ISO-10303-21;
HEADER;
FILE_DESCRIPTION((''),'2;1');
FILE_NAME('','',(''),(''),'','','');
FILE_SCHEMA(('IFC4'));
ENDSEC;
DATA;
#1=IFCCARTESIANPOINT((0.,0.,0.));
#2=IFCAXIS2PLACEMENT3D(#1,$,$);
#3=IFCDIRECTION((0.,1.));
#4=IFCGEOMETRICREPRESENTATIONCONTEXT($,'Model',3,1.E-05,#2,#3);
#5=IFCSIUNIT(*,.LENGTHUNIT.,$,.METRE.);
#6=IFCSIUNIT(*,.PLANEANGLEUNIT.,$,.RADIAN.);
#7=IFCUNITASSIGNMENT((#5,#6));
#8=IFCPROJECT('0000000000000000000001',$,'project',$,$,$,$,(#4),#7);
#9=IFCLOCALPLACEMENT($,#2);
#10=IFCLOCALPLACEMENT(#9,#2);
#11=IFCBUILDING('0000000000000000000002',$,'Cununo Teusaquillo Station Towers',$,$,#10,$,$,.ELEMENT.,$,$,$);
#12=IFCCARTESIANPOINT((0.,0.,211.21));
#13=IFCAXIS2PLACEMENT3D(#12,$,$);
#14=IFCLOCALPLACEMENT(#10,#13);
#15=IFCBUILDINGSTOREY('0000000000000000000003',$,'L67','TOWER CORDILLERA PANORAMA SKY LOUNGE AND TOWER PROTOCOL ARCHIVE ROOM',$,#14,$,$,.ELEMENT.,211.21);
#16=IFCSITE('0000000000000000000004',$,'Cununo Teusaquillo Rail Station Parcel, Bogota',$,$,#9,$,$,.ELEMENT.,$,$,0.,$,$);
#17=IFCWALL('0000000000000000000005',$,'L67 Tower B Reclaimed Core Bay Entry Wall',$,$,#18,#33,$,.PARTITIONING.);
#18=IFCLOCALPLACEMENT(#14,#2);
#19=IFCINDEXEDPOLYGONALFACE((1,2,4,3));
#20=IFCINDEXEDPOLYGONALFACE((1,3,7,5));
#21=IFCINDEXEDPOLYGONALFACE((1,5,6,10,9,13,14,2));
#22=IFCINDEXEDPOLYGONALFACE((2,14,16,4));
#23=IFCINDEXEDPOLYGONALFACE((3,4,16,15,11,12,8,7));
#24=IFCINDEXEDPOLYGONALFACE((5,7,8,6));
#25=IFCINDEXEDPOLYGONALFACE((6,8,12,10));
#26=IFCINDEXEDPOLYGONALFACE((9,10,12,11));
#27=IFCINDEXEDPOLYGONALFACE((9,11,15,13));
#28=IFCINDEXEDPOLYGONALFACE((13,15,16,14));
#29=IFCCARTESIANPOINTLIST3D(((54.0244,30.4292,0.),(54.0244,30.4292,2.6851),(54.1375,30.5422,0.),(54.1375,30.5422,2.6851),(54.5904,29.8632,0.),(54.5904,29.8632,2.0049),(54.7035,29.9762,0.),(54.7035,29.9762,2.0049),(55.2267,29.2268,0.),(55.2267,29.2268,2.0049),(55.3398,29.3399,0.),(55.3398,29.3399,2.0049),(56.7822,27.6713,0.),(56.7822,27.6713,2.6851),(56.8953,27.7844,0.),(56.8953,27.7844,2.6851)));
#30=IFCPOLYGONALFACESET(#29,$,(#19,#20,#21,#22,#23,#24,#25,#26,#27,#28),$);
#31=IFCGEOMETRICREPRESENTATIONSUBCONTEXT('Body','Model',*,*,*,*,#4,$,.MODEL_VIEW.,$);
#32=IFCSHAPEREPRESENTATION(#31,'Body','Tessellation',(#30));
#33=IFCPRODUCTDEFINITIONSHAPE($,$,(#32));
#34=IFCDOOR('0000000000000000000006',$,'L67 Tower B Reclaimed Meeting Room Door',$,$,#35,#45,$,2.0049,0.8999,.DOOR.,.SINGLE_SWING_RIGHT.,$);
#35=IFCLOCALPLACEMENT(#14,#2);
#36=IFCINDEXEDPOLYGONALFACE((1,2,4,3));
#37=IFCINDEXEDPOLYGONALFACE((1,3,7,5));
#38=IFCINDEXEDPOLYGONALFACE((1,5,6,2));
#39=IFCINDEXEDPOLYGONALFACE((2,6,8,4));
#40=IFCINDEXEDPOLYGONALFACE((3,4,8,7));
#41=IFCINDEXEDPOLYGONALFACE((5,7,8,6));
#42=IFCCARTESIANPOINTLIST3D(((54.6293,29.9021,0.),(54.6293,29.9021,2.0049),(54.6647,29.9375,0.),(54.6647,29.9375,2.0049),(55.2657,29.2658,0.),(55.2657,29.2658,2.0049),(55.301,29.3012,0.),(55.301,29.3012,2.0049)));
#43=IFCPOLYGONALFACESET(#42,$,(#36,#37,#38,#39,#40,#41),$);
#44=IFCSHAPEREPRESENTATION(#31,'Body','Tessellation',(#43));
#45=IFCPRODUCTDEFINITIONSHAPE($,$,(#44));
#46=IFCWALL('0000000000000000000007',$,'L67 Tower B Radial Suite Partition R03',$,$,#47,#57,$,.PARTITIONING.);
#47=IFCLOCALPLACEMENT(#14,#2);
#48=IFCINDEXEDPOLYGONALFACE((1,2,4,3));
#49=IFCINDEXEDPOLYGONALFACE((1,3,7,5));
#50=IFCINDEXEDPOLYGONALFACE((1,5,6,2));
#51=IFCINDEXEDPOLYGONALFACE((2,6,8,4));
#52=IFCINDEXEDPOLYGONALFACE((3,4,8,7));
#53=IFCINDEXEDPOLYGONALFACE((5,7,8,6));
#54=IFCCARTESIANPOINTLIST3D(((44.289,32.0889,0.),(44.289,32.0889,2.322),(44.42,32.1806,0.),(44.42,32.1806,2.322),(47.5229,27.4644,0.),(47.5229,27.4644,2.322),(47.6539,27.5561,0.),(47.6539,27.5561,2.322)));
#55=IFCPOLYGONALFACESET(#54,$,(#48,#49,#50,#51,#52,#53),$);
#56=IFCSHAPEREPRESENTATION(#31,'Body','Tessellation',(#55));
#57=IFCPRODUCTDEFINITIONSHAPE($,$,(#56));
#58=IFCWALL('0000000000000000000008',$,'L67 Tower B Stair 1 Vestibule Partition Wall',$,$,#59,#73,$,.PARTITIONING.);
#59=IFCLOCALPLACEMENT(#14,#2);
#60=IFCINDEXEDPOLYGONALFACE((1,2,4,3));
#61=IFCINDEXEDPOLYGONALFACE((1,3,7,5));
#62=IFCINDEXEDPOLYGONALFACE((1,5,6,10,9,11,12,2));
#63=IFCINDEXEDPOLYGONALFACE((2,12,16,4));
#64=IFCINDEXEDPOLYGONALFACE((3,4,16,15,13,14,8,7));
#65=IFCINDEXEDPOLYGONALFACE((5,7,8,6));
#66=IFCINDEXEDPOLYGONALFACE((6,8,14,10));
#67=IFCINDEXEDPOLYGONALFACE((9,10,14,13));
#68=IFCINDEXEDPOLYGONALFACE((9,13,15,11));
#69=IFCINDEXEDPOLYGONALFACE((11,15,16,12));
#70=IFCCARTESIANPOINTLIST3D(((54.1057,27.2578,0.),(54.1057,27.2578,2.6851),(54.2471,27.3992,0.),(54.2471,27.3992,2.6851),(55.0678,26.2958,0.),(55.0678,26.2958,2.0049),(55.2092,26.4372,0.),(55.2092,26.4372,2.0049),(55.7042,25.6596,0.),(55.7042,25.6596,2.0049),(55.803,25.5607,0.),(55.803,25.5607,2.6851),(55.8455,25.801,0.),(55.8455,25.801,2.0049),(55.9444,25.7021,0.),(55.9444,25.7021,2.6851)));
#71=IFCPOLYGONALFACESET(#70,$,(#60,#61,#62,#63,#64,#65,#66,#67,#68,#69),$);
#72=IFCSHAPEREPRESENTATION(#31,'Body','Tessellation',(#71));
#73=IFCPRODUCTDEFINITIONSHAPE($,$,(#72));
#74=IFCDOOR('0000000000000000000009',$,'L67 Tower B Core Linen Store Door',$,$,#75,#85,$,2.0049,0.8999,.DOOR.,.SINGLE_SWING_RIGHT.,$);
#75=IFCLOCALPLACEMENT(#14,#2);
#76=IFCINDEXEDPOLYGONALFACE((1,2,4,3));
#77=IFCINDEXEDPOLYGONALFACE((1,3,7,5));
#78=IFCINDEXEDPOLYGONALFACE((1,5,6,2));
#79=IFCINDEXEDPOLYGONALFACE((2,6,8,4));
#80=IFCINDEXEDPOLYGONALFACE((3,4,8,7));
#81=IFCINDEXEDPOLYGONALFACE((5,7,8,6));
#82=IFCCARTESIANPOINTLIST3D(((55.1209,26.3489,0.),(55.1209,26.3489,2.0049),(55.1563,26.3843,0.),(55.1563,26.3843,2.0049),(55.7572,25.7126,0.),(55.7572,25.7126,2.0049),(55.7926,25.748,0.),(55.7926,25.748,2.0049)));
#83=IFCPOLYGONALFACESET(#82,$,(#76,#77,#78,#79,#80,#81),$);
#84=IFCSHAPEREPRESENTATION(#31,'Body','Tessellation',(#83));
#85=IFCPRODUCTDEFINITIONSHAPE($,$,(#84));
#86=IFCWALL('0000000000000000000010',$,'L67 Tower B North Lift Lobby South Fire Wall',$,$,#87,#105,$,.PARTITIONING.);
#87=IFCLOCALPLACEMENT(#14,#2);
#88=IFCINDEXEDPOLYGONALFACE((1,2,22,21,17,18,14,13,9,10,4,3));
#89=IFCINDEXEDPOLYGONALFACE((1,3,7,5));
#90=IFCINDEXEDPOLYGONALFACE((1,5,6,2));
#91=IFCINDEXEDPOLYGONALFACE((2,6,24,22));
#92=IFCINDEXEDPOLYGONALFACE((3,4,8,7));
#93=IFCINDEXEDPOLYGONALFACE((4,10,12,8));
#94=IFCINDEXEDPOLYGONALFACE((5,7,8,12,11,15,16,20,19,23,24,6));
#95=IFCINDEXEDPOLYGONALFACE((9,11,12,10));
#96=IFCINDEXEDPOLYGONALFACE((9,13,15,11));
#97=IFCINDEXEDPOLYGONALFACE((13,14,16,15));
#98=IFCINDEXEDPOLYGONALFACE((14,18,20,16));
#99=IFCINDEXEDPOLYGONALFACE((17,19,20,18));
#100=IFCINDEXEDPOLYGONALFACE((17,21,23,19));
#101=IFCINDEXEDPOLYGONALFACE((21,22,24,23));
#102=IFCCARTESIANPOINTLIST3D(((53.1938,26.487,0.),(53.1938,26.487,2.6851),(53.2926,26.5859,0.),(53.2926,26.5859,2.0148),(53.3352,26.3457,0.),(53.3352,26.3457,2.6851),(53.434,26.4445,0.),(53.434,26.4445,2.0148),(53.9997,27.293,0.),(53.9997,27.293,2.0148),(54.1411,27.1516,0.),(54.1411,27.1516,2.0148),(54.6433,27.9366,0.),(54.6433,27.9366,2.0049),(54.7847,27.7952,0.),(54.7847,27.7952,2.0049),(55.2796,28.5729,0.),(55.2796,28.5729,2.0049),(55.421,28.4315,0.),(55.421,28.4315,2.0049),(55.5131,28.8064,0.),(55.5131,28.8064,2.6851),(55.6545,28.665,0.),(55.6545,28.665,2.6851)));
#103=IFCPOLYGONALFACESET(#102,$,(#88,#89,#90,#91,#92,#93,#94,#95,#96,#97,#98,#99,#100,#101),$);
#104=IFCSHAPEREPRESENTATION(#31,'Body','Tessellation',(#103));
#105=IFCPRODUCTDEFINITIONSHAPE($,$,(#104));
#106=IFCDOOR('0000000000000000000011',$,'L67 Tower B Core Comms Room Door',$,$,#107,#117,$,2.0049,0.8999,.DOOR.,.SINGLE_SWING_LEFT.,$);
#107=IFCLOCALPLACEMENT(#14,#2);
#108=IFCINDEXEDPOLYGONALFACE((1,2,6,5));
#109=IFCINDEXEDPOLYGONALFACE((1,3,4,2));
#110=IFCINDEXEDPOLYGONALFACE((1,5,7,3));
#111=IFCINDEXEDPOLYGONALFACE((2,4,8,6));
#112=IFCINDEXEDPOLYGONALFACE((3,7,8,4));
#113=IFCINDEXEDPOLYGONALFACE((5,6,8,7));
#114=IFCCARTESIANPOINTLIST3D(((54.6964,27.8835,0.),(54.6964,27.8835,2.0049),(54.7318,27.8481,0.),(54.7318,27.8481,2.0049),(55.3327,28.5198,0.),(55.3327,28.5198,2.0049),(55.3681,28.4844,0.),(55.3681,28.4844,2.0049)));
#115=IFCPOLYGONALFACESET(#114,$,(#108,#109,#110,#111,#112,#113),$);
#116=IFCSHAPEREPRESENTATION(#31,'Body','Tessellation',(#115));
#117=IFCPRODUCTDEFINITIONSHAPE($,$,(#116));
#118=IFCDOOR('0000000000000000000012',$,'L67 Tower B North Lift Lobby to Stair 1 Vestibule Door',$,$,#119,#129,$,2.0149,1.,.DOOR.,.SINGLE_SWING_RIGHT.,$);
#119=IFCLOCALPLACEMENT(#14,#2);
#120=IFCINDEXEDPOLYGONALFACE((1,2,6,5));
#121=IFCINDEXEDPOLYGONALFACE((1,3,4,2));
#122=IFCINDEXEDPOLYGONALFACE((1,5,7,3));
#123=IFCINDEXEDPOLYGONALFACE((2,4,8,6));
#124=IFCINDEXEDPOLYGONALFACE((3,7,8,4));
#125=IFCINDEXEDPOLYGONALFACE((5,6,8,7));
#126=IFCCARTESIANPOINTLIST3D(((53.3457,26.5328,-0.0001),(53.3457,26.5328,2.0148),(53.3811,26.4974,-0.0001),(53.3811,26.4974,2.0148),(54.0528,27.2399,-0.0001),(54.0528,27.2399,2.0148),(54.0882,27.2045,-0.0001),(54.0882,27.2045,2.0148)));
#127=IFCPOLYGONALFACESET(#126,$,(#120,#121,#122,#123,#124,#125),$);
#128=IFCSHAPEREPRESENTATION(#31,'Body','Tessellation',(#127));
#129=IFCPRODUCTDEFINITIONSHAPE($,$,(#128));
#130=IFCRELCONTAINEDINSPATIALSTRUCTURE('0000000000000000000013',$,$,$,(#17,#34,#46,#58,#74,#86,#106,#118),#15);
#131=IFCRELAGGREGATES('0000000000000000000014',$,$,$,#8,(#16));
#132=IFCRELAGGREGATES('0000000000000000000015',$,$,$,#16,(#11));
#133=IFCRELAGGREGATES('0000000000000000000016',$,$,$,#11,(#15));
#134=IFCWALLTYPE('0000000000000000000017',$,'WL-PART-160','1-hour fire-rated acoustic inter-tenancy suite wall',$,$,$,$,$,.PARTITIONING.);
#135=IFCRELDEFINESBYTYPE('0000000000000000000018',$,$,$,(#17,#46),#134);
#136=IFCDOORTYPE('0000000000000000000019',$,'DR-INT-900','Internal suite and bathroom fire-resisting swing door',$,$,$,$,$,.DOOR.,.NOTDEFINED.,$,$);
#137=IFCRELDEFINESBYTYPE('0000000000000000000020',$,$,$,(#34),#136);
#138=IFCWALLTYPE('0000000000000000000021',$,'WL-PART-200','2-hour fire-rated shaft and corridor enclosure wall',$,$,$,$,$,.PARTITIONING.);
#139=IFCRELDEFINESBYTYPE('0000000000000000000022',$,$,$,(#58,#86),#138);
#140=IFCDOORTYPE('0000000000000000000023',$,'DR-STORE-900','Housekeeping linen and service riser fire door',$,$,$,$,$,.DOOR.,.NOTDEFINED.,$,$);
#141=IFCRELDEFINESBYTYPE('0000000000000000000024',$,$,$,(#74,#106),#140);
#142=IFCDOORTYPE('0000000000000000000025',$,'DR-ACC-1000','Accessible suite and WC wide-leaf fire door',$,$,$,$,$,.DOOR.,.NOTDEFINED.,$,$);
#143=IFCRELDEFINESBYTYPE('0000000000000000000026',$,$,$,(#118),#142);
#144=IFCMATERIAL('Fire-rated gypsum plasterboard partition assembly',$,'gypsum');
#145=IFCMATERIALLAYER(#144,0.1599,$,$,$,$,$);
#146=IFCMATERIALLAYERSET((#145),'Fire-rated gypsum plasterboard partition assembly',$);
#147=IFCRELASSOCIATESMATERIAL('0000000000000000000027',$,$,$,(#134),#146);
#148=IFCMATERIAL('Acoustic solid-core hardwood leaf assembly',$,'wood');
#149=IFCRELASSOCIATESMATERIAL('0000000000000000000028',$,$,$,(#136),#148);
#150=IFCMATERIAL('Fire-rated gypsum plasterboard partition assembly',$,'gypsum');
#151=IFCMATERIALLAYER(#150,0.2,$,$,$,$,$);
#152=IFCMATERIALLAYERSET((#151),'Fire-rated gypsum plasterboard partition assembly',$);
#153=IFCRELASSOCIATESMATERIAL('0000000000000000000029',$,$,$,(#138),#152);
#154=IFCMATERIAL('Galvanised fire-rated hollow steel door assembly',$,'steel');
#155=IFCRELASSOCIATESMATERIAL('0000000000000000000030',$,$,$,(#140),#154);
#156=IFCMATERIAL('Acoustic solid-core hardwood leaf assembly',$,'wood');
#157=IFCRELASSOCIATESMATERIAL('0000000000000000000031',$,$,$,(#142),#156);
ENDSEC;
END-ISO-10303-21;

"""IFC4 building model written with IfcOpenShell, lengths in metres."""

from ifc_helpers import new_model, si_unit, direction, frame, frame_2d, origin, place, context, subcontext, project, spatial, rectangle, extrude, source, transform, mapped, material, layer, layer_set, type_object, element, fill, save


model = new_model("IFC4")

# Units and contexts
model_context = context("Model", 3, precision=1e-05, world=origin(), true_north=direction((0.0, 1.0)))
body_context = subcontext(model_context, "Body", "Model", "MODEL_VIEW")
ifc_project = project(units=[si_unit("LENGTHUNIT", "METRE"), si_unit("PLANEANGLEUNIT", "RADIAN")], contexts=[model_context])

# Site, building, storey
site_placement = place(None, origin())
site = spatial("IfcSite", under=ifc_project, at=site_placement, Name="Cununo Teusaquillo Rail Station Parcel, Bogota", CompositionType="ELEMENT", RefElevation=0.0)
building_placement = place(site_placement, origin())
building = spatial("IfcBuilding", under=site, at=building_placement, Name="Cununo Teusaquillo Station Towers", CompositionType="ELEMENT")
storey_placement = place(building_placement, frame((0.0, 0.0, 211.21)))
storey = spatial("IfcBuildingStorey", under=building, at=storey_placement, Name="L67", Description="TOWER CORDILLERA PANORAMA SKY LOUNGE AND TOWER PROTOCOL ARCHIVE ROOM", CompositionType="ELEMENT", Elevation=211.21)

# Wall, opening, door
ifc_material_1 = material(Name="Fire-rated gypsum plasterboard partition assembly", Category="gypsum")
ifc_layer_1 = layer(ifc_material_1, 0.1599)
ifc_layer_set_1 = layer_set([ifc_layer_1], Name="Fire-rated gypsum plasterboard partition assembly")
wall_type_1 = type_object("IfcWallType", Name="WL-PART-160", Description="1-hour fire-rated acoustic inter-tenancy suite wall", PredefinedType="PARTITIONING", material=ifc_layer_set_1)
wall_1_placement = place(storey_placement, frame((56.8389, 27.7278, 0.0), z_axis=(0.0, 0.0, 1.0), x_axis=(-0.707107, 0.707107, 0.0)))
wall_1 = element("IfcWall", 1, at=wall_1_placement, inside=storey, type_object=wall_type_1, Name="L67 Tower B Reclaimed Core Bay Entry Wall", PredefinedType="PARTITIONING", context=body_context, shape_type="SweptSolid", body=[
    extrude(rectangle(XDim=3.9001, YDim=0.1599, at=frame_2d((1.9502, 0.0))), origin(), (0.0, 0.0, 1.0), 2.6851),
])
shared_shape_1 = source(origin(), body_context, "Body", "SweptSolid", [
    extrude(rectangle(XDim=0.8999, YDim=2.0049, at=frame_2d((0.45, 1.0024))), frame((0.0, 0.0898, 0.0), z_axis=(0.0, -1.0, 0.0), x_axis=(1.0, 0.0, 0.0)), (0.0, 0.0, 1.0), 0.1799),
])
opening_1_placement = place(wall_1_placement, frame((2.2, 0.0, 0.0)))
opening_1 = element("IfcOpeningElement", 2, at=opening_1_placement, cuts=wall_1, PredefinedType="OPENING", context=body_context, shape_type="MappedRepresentation", body=[
    mapped(shared_shape_1, transform((0.0, 0.0, 0.0), x_axis=(1.0, 0.0, 0.0), y_axis=(0.0, 1.0, 0.0), z_axis=(0.0, 0.0, 1.0), scale=1.0)),
])
ifc_material_2 = material(Name="Acoustic solid-core hardwood leaf assembly", Category="wood")
door_type_1 = type_object("IfcDoorType", Name="DR-INT-900", Description="Internal suite and bathroom fire-resisting swing door", OperationType="NOTDEFINED", PredefinedType="DOOR", material=ifc_material_2)
shared_shape_2 = source(origin(), body_context, "Body", "SweptSolid", [
    extrude(rectangle(XDim=0.8999, YDim=2.0049, at=frame_2d((0.45, 1.0024))), frame((0.0, 0.0249, 0.0), z_axis=(0.0, -1.0, 0.0), x_axis=(1.0, 0.0, 0.0)), (0.0, 0.0, 1.0), 0.05),
])
door_1_placement = place(opening_1_placement, origin())
door_1 = element("IfcDoor", 3, at=door_1_placement, inside=storey, type_object=door_type_1, Name="L67 Tower B Reclaimed Meeting Room Door", OperationType="SINGLE_SWING_RIGHT", OverallHeight=2.0049, OverallWidth=0.8999, PredefinedType="DOOR", context=body_context, shape_type="MappedRepresentation", body=[
    mapped(shared_shape_2, transform((0.0, 0.0, 0.0), x_axis=(1.0, 0.0, 0.0), y_axis=(0.0, 1.0, 0.0), z_axis=(0.0, 0.0, 1.0), scale=1.0)),
])
fill(opening_1, door_1)

# Wall
wall_2_placement = place(storey_placement, frame((47.5884, 27.5103, 0.0), z_axis=(0.0, 0.0, 1.0), x_axis=(-0.573073, 0.819504, 0.0)))
element("IfcWall", 4, at=wall_2_placement, inside=storey, type_object=wall_type_1, Name="L67 Tower B Radial Suite Partition R03", PredefinedType="PARTITIONING", context=body_context, shape_type="SweptSolid", body=[
    extrude(rectangle(XDim=5.6431, YDim=0.1599, at=frame_2d((2.8215, 0.0))), origin(), (0.0, 0.0, 1.0), 2.322),
])

# Wall, opening, door
ifc_material_3 = material(Name="Fire-rated gypsum plasterboard partition assembly", Category="gypsum")
ifc_layer_2 = layer(ifc_material_3, 0.2)
ifc_layer_set_2 = layer_set([ifc_layer_2], Name="Fire-rated gypsum plasterboard partition assembly")
wall_type_2 = type_object("IfcWallType", Name="WL-PART-200", Description="2-hour fire-rated shaft and corridor enclosure wall", PredefinedType="PARTITIONING", material=ifc_layer_set_2)
wall_3_placement = place(storey_placement, frame((55.8738, 25.6313, 0.0), z_axis=(0.0, 0.0, 1.0), x_axis=(-0.707158, 0.707056, 0.0)))
wall_3 = element("IfcWall", 5, at=wall_3_placement, inside=storey, type_object=wall_type_2, Name="L67 Tower B Stair 1 Vestibule Partition Wall", PredefinedType="PARTITIONING", context=body_context, shape_type="SweptSolid", body=[
    extrude(rectangle(XDim=2.4001, YDim=0.2, at=frame_2d((1.2002, 0.0))), origin(), (0.0, 0.0, 1.0), 2.6851),
])
shared_shape_3 = source(origin(), body_context, "Body", "SweptSolid", [
    extrude(rectangle(XDim=0.8999, YDim=2.0049, at=frame_2d((0.45, 1.0024))), frame((0.0, 0.1099, 0.0), z_axis=(0.0, -1.0, 0.0), x_axis=(1.0, 0.0, 0.0)), (0.0, 0.0, 1.0), 0.22),
])
opening_2_placement = place(wall_3_placement, frame((0.1399, 0.0, 0.0)))
opening_2 = element("IfcOpeningElement", 6, at=opening_2_placement, cuts=wall_3, PredefinedType="OPENING", context=body_context, shape_type="MappedRepresentation", body=[
    mapped(shared_shape_3, transform((0.0, 0.0, 0.0), x_axis=(1.0, 0.0, 0.0), y_axis=(0.0, 1.0, 0.0), z_axis=(0.0, 0.0, 1.0), scale=1.0)),
])
ifc_material_4 = material(Name="Galvanised fire-rated hollow steel door assembly", Category="steel")
door_type_2 = type_object("IfcDoorType", Name="DR-STORE-900", Description="Housekeeping linen and service riser fire door", OperationType="NOTDEFINED", PredefinedType="DOOR", material=ifc_material_4)
door_2_placement = place(opening_2_placement, origin())
door_2 = element("IfcDoor", 7, at=door_2_placement, inside=storey, type_object=door_type_2, Name="L67 Tower B Core Linen Store Door", OperationType="SINGLE_SWING_RIGHT", OverallHeight=2.0049, OverallWidth=0.8999, PredefinedType="DOOR", context=body_context, shape_type="MappedRepresentation", body=[
    mapped(shared_shape_2, transform((0.0, 0.0, 0.0), x_axis=(1.0, 0.0, 0.0), y_axis=(0.0, 1.0, 0.0), z_axis=(0.0, 0.0, 1.0), scale=1.0)),
])
fill(opening_2, door_2)

# Wall, openings, doors
wall_4_placement = place(storey_placement, frame((53.2644, 26.4163, 0.0), z_axis=(0.0, 0.0, 1.0), x_axis=(0.707107, 0.707107, 0.0)))
wall_4 = element("IfcWall", 8, at=wall_4_placement, inside=storey, type_object=wall_type_2, Name="L67 Tower B North Lift Lobby South Fire Wall", PredefinedType="PARTITIONING", context=body_context, shape_type="SweptSolid", body=[
    extrude(rectangle(XDim=3.28, YDim=0.2, at=frame_2d((1.6401, 0.0))), origin(), (0.0, 0.0, 1.0), 2.6851),
])
shared_shape_4 = source(origin(), body_context, "Body", "SweptSolid", [
    extrude(rectangle(XDim=1.0, YDim=2.0149, at=frame_2d((0.5, 1.0073))), frame((0.0, 0.1099, 0.0), z_axis=(0.0, -1.0, 0.0), x_axis=(1.0, 0.0, 0.0)), (0.0, 0.0, 1.0), 0.22),
])
opening_3_placement = place(wall_4_placement, frame((0.1399, 0.0, 0.0)))
opening_3 = element("IfcOpeningElement", 9, at=opening_3_placement, cuts=wall_4, PredefinedType="OPENING", context=body_context, shape_type="MappedRepresentation", body=[
    mapped(shared_shape_4, transform((0.0, 0.0, 0.0), x_axis=(1.0, 0.0, 0.0), y_axis=(0.0, 1.0, 0.0), z_axis=(0.0, 0.0, 1.0), scale=1.0)),
])
opening_4_placement = place(wall_4_placement, frame((2.05, 0.0, 0.0)))
opening_4 = element("IfcOpeningElement", 10, at=opening_4_placement, cuts=wall_4, PredefinedType="OPENING", context=body_context, shape_type="MappedRepresentation", body=[
    mapped(shared_shape_3, transform((0.0, 0.0, 0.0), x_axis=(1.0, 0.0, 0.0), y_axis=(0.0, 1.0, 0.0), z_axis=(0.0, 0.0, 1.0), scale=1.0)),
])
door_3_placement = place(opening_4_placement, origin())
door_3 = element("IfcDoor", 11, at=door_3_placement, inside=storey, type_object=door_type_2, Name="L67 Tower B Core Comms Room Door", OperationType="SINGLE_SWING_LEFT", OverallHeight=2.0049, OverallWidth=0.8999, PredefinedType="DOOR", context=body_context, shape_type="MappedRepresentation", body=[
    mapped(shared_shape_2, transform((0.0, 0.0, 0.0), x_axis=(1.0, 0.0, 0.0), y_axis=(0.0, 1.0, 0.0), z_axis=(0.0, 0.0, 1.0), scale=1.0)),
])
fill(opening_4, door_3)
ifc_material_5 = material(Name="Acoustic solid-core hardwood leaf assembly", Category="wood")
door_type_3 = type_object("IfcDoorType", Name="DR-ACC-1000", Description="Accessible suite and WC wide-leaf fire door", OperationType="NOTDEFINED", PredefinedType="DOOR", material=ifc_material_5)
shared_shape_5 = source(origin(), body_context, "Body", "SweptSolid", [
    extrude(rectangle(XDim=1.0, YDim=2.0149, at=frame_2d((0.5, 1.0073))), frame((0.0, 0.0249, 0.0), z_axis=(0.0, -1.0, 0.0), x_axis=(1.0, 0.0, 0.0)), (0.0, 0.0, 1.0), 0.05),
])
door_4_placement = place(opening_3_placement, origin())
door_4 = element("IfcDoor", 12, at=door_4_placement, inside=storey, type_object=door_type_3, Name="L67 Tower B North Lift Lobby to Stair 1 Vestibule Door", OperationType="SINGLE_SWING_RIGHT", OverallHeight=2.0149, OverallWidth=1.0, PredefinedType="DOOR", context=body_context, shape_type="MappedRepresentation", body=[
    mapped(shared_shape_5, transform((0.0, 0.0, 0.0), x_axis=(1.0, 0.0, 0.0), y_axis=(0.0, 1.0, 0.0), z_axis=(0.0, 0.0, 1.0), scale=1.0)),
])
fill(opening_3, door_4)

save(model, "model.ifc")
